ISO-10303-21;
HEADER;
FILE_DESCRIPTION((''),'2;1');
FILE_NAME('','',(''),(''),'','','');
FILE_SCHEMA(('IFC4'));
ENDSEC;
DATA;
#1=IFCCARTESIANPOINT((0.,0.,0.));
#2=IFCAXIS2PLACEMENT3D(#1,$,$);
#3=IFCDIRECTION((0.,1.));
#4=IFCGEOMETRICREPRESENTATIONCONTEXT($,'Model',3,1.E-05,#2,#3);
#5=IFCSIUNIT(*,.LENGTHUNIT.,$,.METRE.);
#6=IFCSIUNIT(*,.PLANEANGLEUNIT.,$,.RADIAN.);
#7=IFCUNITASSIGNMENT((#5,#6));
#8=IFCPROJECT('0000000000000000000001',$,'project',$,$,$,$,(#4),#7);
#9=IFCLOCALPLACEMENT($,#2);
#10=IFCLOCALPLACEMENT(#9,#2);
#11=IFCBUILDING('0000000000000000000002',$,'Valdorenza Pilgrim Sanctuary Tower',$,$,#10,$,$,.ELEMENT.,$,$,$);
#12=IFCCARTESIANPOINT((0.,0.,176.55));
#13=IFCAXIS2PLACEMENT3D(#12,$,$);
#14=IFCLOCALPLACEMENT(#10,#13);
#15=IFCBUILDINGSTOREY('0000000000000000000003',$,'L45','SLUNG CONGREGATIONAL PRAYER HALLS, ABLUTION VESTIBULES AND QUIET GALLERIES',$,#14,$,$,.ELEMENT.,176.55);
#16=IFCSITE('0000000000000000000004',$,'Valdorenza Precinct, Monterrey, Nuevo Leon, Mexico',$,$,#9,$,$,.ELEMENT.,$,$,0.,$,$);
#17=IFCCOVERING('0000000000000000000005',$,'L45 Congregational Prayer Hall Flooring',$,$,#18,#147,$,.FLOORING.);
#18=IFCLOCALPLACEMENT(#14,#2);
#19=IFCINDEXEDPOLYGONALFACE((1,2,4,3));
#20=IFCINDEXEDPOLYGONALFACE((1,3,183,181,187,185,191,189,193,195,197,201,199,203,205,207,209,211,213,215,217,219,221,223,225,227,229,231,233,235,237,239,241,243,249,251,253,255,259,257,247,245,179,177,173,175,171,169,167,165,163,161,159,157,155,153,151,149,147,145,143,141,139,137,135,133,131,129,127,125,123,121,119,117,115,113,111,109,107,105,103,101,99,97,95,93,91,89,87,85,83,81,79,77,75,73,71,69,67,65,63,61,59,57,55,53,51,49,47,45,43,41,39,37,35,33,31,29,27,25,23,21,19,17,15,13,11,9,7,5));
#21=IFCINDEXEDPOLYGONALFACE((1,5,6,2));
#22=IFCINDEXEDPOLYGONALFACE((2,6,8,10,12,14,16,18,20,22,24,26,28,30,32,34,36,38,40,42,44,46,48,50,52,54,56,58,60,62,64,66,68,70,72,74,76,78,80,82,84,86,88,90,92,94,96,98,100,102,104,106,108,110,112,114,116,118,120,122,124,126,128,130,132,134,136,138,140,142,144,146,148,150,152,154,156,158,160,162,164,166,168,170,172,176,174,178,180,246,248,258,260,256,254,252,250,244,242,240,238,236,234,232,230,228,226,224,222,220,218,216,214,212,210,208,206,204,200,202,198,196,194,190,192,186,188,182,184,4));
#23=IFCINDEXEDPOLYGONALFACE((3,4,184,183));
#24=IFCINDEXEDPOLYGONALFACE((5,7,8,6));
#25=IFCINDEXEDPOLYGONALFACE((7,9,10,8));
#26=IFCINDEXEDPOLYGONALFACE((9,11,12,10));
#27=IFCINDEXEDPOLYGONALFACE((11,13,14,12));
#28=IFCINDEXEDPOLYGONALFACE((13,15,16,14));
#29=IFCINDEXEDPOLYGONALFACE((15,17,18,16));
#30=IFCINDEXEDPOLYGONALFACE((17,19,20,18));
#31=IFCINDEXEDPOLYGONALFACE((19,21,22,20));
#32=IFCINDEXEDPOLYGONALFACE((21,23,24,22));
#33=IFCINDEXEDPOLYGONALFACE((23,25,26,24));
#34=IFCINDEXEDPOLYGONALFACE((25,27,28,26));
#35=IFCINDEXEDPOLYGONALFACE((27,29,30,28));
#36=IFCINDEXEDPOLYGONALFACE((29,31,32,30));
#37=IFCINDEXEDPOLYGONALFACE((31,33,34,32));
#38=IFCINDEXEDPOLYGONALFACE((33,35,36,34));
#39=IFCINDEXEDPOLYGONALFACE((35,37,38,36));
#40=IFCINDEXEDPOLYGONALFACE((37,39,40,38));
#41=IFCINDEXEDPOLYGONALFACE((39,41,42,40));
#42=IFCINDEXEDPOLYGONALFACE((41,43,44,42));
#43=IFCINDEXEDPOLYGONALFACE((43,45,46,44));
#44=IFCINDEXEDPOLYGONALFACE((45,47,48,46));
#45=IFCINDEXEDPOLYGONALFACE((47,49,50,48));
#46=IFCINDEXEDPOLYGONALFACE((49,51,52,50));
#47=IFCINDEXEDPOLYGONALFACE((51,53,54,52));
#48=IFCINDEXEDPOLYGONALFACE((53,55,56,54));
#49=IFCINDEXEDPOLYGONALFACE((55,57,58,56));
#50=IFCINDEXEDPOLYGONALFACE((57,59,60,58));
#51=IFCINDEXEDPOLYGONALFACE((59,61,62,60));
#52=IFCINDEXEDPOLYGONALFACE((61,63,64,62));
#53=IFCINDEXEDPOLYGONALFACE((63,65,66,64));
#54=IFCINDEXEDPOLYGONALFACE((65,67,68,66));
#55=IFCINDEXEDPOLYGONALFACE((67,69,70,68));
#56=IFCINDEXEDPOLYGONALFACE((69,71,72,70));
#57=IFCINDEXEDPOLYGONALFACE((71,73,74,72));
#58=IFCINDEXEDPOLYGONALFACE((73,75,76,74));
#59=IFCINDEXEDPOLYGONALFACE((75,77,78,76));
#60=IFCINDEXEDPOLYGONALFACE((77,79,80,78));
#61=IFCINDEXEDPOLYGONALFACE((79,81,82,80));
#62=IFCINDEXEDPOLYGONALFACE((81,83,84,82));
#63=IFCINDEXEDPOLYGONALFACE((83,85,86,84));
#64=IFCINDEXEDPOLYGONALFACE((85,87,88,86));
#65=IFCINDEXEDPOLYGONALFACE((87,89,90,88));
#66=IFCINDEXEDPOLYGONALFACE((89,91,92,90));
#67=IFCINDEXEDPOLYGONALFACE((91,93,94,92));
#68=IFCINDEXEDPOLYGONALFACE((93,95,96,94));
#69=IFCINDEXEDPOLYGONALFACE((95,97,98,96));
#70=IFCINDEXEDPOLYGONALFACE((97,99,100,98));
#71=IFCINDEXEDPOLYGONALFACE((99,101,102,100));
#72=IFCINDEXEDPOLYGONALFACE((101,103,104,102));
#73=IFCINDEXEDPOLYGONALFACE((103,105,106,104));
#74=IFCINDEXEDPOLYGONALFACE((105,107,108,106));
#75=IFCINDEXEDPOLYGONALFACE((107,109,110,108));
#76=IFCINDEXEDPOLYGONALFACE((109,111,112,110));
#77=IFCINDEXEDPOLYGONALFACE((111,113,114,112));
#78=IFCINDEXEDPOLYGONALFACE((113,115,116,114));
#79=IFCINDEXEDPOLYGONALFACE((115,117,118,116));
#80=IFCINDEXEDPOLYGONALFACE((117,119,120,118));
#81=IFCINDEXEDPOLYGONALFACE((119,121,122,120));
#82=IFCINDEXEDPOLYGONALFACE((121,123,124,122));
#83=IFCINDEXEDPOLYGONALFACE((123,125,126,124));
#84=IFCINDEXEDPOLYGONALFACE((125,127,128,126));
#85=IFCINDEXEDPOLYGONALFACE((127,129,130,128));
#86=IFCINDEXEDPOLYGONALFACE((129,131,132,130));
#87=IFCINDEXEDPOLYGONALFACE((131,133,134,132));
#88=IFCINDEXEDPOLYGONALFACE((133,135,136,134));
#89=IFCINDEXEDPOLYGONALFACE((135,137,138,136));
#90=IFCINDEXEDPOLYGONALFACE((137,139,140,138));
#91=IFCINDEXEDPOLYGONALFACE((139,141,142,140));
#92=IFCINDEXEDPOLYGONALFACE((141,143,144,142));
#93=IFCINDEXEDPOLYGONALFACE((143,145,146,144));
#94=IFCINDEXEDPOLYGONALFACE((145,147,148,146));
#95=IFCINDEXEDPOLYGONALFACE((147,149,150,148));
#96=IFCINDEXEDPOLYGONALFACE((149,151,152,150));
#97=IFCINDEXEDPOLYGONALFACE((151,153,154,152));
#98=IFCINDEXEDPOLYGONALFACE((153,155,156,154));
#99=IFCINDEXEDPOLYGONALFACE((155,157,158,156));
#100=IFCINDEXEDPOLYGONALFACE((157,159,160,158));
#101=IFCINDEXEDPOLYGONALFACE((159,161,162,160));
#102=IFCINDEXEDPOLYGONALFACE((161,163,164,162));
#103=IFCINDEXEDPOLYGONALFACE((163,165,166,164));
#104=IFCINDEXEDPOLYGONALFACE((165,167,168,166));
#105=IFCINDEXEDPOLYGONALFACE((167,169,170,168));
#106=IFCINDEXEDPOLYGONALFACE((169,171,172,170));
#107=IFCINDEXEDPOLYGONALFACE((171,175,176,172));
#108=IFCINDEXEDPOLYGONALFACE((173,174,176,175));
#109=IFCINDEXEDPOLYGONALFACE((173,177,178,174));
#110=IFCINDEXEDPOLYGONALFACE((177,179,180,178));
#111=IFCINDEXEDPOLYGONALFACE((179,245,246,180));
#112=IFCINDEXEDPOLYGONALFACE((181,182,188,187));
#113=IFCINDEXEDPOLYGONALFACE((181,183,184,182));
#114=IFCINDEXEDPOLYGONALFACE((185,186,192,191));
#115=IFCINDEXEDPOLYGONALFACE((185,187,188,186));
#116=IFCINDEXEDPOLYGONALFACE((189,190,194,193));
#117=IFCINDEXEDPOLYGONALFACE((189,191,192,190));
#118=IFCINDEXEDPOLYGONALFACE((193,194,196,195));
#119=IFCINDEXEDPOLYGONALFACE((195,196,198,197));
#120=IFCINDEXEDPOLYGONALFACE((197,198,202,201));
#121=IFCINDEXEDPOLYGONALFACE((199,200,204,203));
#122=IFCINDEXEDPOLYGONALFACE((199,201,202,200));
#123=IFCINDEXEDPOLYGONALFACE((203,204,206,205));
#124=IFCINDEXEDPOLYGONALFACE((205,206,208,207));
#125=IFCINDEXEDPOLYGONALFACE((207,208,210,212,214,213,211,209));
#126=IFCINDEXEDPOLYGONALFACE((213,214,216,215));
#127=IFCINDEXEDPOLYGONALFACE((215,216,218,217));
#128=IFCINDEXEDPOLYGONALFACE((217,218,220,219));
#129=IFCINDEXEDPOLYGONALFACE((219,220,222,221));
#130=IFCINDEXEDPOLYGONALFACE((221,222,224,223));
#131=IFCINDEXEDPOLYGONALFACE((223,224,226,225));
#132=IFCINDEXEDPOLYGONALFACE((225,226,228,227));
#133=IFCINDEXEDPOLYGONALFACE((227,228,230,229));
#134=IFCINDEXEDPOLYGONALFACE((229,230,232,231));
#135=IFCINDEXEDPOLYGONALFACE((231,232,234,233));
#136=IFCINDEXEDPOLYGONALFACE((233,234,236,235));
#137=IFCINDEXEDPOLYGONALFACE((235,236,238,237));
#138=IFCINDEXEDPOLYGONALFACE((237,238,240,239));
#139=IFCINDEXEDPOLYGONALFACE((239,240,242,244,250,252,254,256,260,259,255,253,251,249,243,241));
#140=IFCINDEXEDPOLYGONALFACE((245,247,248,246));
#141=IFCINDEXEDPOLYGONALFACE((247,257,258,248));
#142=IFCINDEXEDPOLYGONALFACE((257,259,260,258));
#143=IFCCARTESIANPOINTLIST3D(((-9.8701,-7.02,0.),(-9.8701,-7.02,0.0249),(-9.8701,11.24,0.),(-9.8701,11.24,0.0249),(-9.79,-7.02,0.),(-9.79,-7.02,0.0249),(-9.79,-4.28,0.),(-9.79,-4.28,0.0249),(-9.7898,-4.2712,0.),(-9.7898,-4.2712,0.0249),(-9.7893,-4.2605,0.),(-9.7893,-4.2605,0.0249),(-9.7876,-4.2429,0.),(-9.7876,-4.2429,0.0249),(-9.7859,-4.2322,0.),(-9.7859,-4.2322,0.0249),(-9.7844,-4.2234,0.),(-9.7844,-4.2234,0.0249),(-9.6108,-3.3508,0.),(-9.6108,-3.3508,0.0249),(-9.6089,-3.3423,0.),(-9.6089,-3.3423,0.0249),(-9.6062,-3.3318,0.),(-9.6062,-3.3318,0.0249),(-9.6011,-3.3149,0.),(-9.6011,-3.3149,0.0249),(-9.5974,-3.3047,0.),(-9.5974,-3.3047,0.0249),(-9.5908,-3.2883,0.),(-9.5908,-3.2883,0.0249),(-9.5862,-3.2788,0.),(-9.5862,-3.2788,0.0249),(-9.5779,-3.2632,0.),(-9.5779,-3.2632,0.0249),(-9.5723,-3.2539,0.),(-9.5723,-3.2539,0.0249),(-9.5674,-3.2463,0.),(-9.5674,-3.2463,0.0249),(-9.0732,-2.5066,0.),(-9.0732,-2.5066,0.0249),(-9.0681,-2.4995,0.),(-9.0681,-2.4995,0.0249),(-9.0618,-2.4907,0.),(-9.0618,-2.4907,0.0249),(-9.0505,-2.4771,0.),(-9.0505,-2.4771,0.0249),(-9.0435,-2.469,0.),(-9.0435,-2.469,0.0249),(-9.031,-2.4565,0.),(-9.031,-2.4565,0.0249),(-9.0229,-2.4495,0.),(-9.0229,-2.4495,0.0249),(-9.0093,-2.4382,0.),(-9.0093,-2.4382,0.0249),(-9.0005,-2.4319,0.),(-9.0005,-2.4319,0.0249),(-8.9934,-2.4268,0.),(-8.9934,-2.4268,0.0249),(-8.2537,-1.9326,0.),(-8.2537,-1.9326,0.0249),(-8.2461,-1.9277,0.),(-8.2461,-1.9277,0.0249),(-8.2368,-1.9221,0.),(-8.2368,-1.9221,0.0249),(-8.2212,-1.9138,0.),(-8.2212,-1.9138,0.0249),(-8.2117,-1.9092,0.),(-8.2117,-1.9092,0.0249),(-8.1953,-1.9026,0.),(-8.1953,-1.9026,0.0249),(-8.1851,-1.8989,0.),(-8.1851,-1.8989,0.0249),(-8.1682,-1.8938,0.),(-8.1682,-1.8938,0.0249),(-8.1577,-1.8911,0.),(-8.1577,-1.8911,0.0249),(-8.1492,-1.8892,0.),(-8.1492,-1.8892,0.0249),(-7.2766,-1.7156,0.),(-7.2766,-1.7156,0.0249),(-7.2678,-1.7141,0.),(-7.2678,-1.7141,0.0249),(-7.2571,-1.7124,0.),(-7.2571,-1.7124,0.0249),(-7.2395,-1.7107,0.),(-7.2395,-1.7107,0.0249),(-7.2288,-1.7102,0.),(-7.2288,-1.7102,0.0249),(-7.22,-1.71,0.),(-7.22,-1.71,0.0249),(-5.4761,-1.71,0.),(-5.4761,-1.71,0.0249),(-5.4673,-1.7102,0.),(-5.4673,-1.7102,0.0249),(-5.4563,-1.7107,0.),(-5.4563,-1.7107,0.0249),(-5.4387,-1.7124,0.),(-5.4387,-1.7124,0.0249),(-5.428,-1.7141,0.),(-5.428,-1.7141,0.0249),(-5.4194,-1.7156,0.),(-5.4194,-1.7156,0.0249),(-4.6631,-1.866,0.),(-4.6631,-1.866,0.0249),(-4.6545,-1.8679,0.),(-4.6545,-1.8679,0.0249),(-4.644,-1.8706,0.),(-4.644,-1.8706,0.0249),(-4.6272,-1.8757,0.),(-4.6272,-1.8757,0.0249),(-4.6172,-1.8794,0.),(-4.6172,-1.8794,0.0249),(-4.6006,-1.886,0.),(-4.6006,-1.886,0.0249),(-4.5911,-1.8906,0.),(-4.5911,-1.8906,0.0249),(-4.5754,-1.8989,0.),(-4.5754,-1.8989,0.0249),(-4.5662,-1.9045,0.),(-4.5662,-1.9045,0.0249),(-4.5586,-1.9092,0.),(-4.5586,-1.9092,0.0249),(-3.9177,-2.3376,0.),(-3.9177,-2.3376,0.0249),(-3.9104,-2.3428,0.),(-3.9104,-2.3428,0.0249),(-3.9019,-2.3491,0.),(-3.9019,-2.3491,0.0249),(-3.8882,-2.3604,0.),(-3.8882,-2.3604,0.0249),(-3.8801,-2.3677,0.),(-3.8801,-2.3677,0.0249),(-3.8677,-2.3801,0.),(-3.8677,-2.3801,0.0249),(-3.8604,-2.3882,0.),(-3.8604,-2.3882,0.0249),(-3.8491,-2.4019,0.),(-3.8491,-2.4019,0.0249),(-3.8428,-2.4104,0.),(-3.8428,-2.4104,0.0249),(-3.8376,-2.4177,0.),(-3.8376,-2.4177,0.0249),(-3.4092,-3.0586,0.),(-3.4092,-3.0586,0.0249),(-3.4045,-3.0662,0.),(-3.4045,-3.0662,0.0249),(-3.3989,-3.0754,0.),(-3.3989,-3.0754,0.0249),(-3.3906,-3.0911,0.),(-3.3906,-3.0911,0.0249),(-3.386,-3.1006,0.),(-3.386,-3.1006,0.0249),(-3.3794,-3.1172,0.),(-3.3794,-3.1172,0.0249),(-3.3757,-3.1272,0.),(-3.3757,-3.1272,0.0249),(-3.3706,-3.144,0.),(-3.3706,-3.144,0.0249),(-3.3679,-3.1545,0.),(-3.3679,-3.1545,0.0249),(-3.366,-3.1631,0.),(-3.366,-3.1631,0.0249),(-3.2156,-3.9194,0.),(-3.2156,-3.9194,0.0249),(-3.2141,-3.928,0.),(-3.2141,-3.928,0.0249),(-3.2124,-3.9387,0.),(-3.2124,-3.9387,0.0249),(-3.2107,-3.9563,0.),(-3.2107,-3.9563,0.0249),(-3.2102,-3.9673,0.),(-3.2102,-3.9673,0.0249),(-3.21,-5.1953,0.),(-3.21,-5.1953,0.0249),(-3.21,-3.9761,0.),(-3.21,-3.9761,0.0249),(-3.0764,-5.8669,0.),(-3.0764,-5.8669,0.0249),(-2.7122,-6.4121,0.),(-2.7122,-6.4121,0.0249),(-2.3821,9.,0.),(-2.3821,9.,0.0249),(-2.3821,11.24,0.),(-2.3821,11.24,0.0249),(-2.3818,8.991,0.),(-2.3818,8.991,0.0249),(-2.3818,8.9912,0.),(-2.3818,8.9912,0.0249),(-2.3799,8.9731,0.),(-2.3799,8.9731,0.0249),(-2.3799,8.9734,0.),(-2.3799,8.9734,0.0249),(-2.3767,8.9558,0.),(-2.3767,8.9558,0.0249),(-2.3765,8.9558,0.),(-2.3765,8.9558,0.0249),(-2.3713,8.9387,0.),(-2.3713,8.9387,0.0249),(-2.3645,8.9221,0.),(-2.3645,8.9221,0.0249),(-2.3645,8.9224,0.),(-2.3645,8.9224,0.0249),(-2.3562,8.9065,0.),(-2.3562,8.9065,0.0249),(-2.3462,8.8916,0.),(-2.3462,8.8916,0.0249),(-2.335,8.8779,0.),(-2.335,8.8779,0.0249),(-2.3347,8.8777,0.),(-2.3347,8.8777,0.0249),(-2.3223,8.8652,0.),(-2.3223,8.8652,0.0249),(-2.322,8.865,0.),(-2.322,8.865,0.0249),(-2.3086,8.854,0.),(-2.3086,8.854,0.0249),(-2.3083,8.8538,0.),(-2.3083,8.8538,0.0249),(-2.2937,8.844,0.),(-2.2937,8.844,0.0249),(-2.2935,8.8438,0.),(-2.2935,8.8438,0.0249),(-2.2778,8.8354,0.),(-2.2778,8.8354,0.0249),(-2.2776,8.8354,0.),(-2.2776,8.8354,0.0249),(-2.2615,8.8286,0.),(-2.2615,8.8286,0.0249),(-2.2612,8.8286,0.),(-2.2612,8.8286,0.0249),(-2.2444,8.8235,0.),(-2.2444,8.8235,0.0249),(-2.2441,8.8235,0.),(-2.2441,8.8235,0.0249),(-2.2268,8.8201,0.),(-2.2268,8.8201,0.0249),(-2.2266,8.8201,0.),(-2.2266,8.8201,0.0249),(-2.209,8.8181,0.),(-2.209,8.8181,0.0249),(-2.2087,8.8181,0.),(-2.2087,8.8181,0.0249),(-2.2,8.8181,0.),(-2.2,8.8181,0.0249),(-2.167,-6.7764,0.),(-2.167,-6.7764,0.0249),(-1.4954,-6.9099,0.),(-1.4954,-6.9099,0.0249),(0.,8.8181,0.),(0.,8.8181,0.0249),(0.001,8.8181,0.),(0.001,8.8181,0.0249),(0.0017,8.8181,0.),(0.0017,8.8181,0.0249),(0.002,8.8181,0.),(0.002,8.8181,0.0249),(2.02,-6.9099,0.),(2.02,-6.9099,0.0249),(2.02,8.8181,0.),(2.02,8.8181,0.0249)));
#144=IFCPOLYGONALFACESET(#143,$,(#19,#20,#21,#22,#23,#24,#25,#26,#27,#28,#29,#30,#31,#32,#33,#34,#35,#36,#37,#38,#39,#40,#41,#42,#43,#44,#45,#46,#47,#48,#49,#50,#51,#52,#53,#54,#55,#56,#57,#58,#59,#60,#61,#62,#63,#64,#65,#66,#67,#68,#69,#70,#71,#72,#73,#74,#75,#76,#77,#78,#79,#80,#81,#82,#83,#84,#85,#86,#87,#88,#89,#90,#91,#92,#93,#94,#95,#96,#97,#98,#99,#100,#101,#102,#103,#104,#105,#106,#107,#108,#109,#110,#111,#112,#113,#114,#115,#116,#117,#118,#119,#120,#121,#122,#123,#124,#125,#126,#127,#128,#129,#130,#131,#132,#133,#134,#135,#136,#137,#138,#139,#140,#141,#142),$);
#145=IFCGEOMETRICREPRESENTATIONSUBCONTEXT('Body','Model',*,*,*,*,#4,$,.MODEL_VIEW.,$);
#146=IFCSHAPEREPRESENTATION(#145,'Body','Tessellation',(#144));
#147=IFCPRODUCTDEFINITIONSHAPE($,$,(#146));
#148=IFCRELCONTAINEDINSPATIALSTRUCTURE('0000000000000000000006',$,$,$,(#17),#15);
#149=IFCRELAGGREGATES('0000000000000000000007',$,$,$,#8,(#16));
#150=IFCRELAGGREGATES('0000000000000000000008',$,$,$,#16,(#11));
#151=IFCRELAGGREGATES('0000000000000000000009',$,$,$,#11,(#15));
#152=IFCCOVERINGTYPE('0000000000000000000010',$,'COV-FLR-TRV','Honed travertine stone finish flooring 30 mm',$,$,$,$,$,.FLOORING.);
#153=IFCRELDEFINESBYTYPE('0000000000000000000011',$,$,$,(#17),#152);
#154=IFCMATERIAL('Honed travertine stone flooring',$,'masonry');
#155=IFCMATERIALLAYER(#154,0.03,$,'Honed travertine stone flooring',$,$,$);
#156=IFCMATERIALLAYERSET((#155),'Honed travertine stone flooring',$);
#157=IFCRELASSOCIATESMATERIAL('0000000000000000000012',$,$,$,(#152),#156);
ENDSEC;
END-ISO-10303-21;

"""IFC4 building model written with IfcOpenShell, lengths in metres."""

from ifc_helpers import new_model, si_unit, direction, frame, origin, place, context, subcontext, project, spatial, polyline, outline, extrude, material, layer, layer_set, type_object, element, save


model = new_model("IFC4")

# Units and contexts
model_context = context("Model", 3, precision=1e-05, world=origin(), true_north=direction((0.0, 1.0)))
body_context = subcontext(model_context, "Body", "Model", "MODEL_VIEW")
ifc_project = project(units=[si_unit("LENGTHUNIT", "METRE"), si_unit("PLANEANGLEUNIT", "RADIAN")], contexts=[model_context])

# Site, building, storey
site_placement = place(None, origin())
site = spatial("IfcSite", under=ifc_project, at=site_placement, Name="Valdorenza Precinct, Monterrey, Nuevo Leon, Mexico", CompositionType="ELEMENT", RefElevation=0.0)
building_placement = place(site_placement, origin())
building = spatial("IfcBuilding", under=site, at=building_placement, Name="Valdorenza Pilgrim Sanctuary Tower", CompositionType="ELEMENT")
storey_placement = place(building_placement, frame((0.0, 0.0, 176.55)))
storey = spatial("IfcBuildingStorey", under=building, at=storey_placement, Name="L45", Description="SLUNG CONGREGATIONAL PRAYER HALLS, ABLUTION VESTIBULES AND QUIET GALLERIES", CompositionType="ELEMENT", Elevation=176.55)

# Covering
ifc_material_1 = material(Name="Honed travertine stone flooring", Category="masonry")
ifc_layer_1 = layer(ifc_material_1, 0.03, Name="Honed travertine stone flooring")
ifc_layer_set_1 = layer_set([ifc_layer_1], Name="Honed travertine stone flooring")
covering_type_1 = type_object("IfcCoveringType", Name="COV-FLR-TRV", Description="Honed travertine stone finish flooring 30 mm", PredefinedType="FLOORING", material=ifc_layer_set_1)
covering_1_placement = place(storey_placement, origin())
element("IfcCovering", 1, at=covering_1_placement, inside=storey, type_object=covering_type_1, Name="L45 Congregational Prayer Hall Flooring", PredefinedType="FLOORING", context=body_context, shape_type="SweptSolid", body=[
    extrude(outline(polyline([(-9.8701, 11.24), (-2.3821, 11.24), (-2.3821, 9.0), (-2.3818, 8.9912), (-2.3818, 8.991), (-2.3799, 8.9734), (-2.3799, 8.9731), (-2.3767, 8.9558), (-2.3765, 8.9558), (-2.3713, 8.9387), (-2.3713, 8.9387), (-2.3645, 8.9224), (-2.3645, 8.9221), (-2.3562, 8.9065), (-2.3562, 8.9065), (-2.3462, 8.8916), (-2.3462, 8.8916), (-2.335, 8.8779), (-2.3347, 8.8777), (-2.3223, 8.8652), (-2.322, 8.865), (-2.3086, 8.854), (-2.3083, 8.8538), (-2.2937, 8.844), (-2.2935, 8.8438), (-2.2778, 8.8354), (-2.2776, 8.8354), (-2.2615, 8.8286), (-2.2612, 8.8286), (-2.2444, 8.8235), (-2.2441, 8.8235), (-2.2268, 8.8201), (-2.2266, 8.8201), (-2.209, 8.8181), (-2.2087, 8.8181), (-2.2, 8.8181), (0.0, 8.8181), (0.001, 8.8181), (0.0017, 8.8181), (0.002, 8.8181), (2.02, 8.8181), (2.02, -6.9099), (-1.4954, -6.9099), (-2.167, -6.7764), (-2.7122, -6.4121), (-3.0764, -5.8669), (-3.21, -5.1953), (-3.21, -3.9761), (-3.2102, -3.9673), (-3.2107, -3.9563), (-3.2124, -3.9387), (-3.2141, -3.928), (-3.2156, -3.9194), (-3.366, -3.1631), (-3.3679, -3.1545), (-3.3706, -3.144), (-3.3757, -3.1272), (-3.3794, -3.1172), (-3.386, -3.1006), (-3.3906, -3.0911), (-3.3989, -3.0754), (-3.4045, -3.0662), (-3.4092, -3.0586), (-3.8376, -2.4177), (-3.8428, -2.4104), (-3.8491, -2.4019), (-3.8604, -2.3882), (-3.8677, -2.3801), (-3.8801, -2.3677), (-3.8882, -2.3604), (-3.9019, -2.3491), (-3.9104, -2.3428), (-3.9177, -2.3376), (-4.5586, -1.9092), (-4.5662, -1.9045), (-4.5754, -1.8989), (-4.5911, -1.8906), (-4.6006, -1.886), (-4.6172, -1.8794), (-4.6272, -1.8757), (-4.644, -1.8706), (-4.6545, -1.8679), (-4.6631, -1.866), (-5.4194, -1.7156), (-5.428, -1.7141), (-5.4387, -1.7124), (-5.4563, -1.7107), (-5.4673, -1.7102), (-5.4761, -1.71), (-7.22, -1.71), (-7.2288, -1.7102), (-7.2395, -1.7107), (-7.2571, -1.7124), (-7.2678, -1.7141), (-7.2766, -1.7156), (-8.1492, -1.8892), (-8.1577, -1.8911), (-8.1682, -1.8938), (-8.1851, -1.8989), (-8.1953, -1.9026), (-8.2117, -1.9092), (-8.2212, -1.9138), (-8.2368, -1.9221), (-8.2461, -1.9277), (-8.2537, -1.9326), (-8.9934, -2.4268), (-9.0005, -2.4319), (-9.0093, -2.4382), (-9.0229, -2.4495), (-9.031, -2.4565), (-9.0435, -2.469), (-9.0505, -2.4771), (-9.0618, -2.4907), (-9.0681, -2.4995), (-9.0732, -2.5066), (-9.5674, -3.2463), (-9.5723, -3.2539), (-9.5779, -3.2632), (-9.5862, -3.2788), (-9.5908, -3.2883), (-9.5974, -3.3047), (-9.6011, -3.3149), (-9.6062, -3.3318), (-9.6089, -3.3423), (-9.6108, -3.3508), (-9.7844, -4.2234), (-9.7859, -4.2322), (-9.7876, -4.2429), (-9.7893, -4.2605), (-9.7898, -4.2712), (-9.79, -4.28), (-9.79, -7.02), (-9.8701, -7.02), (-9.8701, 11.24)])), origin(), (0.0, 0.0, 1.0), 0.0249),
])

save(model, "model.ifc")
